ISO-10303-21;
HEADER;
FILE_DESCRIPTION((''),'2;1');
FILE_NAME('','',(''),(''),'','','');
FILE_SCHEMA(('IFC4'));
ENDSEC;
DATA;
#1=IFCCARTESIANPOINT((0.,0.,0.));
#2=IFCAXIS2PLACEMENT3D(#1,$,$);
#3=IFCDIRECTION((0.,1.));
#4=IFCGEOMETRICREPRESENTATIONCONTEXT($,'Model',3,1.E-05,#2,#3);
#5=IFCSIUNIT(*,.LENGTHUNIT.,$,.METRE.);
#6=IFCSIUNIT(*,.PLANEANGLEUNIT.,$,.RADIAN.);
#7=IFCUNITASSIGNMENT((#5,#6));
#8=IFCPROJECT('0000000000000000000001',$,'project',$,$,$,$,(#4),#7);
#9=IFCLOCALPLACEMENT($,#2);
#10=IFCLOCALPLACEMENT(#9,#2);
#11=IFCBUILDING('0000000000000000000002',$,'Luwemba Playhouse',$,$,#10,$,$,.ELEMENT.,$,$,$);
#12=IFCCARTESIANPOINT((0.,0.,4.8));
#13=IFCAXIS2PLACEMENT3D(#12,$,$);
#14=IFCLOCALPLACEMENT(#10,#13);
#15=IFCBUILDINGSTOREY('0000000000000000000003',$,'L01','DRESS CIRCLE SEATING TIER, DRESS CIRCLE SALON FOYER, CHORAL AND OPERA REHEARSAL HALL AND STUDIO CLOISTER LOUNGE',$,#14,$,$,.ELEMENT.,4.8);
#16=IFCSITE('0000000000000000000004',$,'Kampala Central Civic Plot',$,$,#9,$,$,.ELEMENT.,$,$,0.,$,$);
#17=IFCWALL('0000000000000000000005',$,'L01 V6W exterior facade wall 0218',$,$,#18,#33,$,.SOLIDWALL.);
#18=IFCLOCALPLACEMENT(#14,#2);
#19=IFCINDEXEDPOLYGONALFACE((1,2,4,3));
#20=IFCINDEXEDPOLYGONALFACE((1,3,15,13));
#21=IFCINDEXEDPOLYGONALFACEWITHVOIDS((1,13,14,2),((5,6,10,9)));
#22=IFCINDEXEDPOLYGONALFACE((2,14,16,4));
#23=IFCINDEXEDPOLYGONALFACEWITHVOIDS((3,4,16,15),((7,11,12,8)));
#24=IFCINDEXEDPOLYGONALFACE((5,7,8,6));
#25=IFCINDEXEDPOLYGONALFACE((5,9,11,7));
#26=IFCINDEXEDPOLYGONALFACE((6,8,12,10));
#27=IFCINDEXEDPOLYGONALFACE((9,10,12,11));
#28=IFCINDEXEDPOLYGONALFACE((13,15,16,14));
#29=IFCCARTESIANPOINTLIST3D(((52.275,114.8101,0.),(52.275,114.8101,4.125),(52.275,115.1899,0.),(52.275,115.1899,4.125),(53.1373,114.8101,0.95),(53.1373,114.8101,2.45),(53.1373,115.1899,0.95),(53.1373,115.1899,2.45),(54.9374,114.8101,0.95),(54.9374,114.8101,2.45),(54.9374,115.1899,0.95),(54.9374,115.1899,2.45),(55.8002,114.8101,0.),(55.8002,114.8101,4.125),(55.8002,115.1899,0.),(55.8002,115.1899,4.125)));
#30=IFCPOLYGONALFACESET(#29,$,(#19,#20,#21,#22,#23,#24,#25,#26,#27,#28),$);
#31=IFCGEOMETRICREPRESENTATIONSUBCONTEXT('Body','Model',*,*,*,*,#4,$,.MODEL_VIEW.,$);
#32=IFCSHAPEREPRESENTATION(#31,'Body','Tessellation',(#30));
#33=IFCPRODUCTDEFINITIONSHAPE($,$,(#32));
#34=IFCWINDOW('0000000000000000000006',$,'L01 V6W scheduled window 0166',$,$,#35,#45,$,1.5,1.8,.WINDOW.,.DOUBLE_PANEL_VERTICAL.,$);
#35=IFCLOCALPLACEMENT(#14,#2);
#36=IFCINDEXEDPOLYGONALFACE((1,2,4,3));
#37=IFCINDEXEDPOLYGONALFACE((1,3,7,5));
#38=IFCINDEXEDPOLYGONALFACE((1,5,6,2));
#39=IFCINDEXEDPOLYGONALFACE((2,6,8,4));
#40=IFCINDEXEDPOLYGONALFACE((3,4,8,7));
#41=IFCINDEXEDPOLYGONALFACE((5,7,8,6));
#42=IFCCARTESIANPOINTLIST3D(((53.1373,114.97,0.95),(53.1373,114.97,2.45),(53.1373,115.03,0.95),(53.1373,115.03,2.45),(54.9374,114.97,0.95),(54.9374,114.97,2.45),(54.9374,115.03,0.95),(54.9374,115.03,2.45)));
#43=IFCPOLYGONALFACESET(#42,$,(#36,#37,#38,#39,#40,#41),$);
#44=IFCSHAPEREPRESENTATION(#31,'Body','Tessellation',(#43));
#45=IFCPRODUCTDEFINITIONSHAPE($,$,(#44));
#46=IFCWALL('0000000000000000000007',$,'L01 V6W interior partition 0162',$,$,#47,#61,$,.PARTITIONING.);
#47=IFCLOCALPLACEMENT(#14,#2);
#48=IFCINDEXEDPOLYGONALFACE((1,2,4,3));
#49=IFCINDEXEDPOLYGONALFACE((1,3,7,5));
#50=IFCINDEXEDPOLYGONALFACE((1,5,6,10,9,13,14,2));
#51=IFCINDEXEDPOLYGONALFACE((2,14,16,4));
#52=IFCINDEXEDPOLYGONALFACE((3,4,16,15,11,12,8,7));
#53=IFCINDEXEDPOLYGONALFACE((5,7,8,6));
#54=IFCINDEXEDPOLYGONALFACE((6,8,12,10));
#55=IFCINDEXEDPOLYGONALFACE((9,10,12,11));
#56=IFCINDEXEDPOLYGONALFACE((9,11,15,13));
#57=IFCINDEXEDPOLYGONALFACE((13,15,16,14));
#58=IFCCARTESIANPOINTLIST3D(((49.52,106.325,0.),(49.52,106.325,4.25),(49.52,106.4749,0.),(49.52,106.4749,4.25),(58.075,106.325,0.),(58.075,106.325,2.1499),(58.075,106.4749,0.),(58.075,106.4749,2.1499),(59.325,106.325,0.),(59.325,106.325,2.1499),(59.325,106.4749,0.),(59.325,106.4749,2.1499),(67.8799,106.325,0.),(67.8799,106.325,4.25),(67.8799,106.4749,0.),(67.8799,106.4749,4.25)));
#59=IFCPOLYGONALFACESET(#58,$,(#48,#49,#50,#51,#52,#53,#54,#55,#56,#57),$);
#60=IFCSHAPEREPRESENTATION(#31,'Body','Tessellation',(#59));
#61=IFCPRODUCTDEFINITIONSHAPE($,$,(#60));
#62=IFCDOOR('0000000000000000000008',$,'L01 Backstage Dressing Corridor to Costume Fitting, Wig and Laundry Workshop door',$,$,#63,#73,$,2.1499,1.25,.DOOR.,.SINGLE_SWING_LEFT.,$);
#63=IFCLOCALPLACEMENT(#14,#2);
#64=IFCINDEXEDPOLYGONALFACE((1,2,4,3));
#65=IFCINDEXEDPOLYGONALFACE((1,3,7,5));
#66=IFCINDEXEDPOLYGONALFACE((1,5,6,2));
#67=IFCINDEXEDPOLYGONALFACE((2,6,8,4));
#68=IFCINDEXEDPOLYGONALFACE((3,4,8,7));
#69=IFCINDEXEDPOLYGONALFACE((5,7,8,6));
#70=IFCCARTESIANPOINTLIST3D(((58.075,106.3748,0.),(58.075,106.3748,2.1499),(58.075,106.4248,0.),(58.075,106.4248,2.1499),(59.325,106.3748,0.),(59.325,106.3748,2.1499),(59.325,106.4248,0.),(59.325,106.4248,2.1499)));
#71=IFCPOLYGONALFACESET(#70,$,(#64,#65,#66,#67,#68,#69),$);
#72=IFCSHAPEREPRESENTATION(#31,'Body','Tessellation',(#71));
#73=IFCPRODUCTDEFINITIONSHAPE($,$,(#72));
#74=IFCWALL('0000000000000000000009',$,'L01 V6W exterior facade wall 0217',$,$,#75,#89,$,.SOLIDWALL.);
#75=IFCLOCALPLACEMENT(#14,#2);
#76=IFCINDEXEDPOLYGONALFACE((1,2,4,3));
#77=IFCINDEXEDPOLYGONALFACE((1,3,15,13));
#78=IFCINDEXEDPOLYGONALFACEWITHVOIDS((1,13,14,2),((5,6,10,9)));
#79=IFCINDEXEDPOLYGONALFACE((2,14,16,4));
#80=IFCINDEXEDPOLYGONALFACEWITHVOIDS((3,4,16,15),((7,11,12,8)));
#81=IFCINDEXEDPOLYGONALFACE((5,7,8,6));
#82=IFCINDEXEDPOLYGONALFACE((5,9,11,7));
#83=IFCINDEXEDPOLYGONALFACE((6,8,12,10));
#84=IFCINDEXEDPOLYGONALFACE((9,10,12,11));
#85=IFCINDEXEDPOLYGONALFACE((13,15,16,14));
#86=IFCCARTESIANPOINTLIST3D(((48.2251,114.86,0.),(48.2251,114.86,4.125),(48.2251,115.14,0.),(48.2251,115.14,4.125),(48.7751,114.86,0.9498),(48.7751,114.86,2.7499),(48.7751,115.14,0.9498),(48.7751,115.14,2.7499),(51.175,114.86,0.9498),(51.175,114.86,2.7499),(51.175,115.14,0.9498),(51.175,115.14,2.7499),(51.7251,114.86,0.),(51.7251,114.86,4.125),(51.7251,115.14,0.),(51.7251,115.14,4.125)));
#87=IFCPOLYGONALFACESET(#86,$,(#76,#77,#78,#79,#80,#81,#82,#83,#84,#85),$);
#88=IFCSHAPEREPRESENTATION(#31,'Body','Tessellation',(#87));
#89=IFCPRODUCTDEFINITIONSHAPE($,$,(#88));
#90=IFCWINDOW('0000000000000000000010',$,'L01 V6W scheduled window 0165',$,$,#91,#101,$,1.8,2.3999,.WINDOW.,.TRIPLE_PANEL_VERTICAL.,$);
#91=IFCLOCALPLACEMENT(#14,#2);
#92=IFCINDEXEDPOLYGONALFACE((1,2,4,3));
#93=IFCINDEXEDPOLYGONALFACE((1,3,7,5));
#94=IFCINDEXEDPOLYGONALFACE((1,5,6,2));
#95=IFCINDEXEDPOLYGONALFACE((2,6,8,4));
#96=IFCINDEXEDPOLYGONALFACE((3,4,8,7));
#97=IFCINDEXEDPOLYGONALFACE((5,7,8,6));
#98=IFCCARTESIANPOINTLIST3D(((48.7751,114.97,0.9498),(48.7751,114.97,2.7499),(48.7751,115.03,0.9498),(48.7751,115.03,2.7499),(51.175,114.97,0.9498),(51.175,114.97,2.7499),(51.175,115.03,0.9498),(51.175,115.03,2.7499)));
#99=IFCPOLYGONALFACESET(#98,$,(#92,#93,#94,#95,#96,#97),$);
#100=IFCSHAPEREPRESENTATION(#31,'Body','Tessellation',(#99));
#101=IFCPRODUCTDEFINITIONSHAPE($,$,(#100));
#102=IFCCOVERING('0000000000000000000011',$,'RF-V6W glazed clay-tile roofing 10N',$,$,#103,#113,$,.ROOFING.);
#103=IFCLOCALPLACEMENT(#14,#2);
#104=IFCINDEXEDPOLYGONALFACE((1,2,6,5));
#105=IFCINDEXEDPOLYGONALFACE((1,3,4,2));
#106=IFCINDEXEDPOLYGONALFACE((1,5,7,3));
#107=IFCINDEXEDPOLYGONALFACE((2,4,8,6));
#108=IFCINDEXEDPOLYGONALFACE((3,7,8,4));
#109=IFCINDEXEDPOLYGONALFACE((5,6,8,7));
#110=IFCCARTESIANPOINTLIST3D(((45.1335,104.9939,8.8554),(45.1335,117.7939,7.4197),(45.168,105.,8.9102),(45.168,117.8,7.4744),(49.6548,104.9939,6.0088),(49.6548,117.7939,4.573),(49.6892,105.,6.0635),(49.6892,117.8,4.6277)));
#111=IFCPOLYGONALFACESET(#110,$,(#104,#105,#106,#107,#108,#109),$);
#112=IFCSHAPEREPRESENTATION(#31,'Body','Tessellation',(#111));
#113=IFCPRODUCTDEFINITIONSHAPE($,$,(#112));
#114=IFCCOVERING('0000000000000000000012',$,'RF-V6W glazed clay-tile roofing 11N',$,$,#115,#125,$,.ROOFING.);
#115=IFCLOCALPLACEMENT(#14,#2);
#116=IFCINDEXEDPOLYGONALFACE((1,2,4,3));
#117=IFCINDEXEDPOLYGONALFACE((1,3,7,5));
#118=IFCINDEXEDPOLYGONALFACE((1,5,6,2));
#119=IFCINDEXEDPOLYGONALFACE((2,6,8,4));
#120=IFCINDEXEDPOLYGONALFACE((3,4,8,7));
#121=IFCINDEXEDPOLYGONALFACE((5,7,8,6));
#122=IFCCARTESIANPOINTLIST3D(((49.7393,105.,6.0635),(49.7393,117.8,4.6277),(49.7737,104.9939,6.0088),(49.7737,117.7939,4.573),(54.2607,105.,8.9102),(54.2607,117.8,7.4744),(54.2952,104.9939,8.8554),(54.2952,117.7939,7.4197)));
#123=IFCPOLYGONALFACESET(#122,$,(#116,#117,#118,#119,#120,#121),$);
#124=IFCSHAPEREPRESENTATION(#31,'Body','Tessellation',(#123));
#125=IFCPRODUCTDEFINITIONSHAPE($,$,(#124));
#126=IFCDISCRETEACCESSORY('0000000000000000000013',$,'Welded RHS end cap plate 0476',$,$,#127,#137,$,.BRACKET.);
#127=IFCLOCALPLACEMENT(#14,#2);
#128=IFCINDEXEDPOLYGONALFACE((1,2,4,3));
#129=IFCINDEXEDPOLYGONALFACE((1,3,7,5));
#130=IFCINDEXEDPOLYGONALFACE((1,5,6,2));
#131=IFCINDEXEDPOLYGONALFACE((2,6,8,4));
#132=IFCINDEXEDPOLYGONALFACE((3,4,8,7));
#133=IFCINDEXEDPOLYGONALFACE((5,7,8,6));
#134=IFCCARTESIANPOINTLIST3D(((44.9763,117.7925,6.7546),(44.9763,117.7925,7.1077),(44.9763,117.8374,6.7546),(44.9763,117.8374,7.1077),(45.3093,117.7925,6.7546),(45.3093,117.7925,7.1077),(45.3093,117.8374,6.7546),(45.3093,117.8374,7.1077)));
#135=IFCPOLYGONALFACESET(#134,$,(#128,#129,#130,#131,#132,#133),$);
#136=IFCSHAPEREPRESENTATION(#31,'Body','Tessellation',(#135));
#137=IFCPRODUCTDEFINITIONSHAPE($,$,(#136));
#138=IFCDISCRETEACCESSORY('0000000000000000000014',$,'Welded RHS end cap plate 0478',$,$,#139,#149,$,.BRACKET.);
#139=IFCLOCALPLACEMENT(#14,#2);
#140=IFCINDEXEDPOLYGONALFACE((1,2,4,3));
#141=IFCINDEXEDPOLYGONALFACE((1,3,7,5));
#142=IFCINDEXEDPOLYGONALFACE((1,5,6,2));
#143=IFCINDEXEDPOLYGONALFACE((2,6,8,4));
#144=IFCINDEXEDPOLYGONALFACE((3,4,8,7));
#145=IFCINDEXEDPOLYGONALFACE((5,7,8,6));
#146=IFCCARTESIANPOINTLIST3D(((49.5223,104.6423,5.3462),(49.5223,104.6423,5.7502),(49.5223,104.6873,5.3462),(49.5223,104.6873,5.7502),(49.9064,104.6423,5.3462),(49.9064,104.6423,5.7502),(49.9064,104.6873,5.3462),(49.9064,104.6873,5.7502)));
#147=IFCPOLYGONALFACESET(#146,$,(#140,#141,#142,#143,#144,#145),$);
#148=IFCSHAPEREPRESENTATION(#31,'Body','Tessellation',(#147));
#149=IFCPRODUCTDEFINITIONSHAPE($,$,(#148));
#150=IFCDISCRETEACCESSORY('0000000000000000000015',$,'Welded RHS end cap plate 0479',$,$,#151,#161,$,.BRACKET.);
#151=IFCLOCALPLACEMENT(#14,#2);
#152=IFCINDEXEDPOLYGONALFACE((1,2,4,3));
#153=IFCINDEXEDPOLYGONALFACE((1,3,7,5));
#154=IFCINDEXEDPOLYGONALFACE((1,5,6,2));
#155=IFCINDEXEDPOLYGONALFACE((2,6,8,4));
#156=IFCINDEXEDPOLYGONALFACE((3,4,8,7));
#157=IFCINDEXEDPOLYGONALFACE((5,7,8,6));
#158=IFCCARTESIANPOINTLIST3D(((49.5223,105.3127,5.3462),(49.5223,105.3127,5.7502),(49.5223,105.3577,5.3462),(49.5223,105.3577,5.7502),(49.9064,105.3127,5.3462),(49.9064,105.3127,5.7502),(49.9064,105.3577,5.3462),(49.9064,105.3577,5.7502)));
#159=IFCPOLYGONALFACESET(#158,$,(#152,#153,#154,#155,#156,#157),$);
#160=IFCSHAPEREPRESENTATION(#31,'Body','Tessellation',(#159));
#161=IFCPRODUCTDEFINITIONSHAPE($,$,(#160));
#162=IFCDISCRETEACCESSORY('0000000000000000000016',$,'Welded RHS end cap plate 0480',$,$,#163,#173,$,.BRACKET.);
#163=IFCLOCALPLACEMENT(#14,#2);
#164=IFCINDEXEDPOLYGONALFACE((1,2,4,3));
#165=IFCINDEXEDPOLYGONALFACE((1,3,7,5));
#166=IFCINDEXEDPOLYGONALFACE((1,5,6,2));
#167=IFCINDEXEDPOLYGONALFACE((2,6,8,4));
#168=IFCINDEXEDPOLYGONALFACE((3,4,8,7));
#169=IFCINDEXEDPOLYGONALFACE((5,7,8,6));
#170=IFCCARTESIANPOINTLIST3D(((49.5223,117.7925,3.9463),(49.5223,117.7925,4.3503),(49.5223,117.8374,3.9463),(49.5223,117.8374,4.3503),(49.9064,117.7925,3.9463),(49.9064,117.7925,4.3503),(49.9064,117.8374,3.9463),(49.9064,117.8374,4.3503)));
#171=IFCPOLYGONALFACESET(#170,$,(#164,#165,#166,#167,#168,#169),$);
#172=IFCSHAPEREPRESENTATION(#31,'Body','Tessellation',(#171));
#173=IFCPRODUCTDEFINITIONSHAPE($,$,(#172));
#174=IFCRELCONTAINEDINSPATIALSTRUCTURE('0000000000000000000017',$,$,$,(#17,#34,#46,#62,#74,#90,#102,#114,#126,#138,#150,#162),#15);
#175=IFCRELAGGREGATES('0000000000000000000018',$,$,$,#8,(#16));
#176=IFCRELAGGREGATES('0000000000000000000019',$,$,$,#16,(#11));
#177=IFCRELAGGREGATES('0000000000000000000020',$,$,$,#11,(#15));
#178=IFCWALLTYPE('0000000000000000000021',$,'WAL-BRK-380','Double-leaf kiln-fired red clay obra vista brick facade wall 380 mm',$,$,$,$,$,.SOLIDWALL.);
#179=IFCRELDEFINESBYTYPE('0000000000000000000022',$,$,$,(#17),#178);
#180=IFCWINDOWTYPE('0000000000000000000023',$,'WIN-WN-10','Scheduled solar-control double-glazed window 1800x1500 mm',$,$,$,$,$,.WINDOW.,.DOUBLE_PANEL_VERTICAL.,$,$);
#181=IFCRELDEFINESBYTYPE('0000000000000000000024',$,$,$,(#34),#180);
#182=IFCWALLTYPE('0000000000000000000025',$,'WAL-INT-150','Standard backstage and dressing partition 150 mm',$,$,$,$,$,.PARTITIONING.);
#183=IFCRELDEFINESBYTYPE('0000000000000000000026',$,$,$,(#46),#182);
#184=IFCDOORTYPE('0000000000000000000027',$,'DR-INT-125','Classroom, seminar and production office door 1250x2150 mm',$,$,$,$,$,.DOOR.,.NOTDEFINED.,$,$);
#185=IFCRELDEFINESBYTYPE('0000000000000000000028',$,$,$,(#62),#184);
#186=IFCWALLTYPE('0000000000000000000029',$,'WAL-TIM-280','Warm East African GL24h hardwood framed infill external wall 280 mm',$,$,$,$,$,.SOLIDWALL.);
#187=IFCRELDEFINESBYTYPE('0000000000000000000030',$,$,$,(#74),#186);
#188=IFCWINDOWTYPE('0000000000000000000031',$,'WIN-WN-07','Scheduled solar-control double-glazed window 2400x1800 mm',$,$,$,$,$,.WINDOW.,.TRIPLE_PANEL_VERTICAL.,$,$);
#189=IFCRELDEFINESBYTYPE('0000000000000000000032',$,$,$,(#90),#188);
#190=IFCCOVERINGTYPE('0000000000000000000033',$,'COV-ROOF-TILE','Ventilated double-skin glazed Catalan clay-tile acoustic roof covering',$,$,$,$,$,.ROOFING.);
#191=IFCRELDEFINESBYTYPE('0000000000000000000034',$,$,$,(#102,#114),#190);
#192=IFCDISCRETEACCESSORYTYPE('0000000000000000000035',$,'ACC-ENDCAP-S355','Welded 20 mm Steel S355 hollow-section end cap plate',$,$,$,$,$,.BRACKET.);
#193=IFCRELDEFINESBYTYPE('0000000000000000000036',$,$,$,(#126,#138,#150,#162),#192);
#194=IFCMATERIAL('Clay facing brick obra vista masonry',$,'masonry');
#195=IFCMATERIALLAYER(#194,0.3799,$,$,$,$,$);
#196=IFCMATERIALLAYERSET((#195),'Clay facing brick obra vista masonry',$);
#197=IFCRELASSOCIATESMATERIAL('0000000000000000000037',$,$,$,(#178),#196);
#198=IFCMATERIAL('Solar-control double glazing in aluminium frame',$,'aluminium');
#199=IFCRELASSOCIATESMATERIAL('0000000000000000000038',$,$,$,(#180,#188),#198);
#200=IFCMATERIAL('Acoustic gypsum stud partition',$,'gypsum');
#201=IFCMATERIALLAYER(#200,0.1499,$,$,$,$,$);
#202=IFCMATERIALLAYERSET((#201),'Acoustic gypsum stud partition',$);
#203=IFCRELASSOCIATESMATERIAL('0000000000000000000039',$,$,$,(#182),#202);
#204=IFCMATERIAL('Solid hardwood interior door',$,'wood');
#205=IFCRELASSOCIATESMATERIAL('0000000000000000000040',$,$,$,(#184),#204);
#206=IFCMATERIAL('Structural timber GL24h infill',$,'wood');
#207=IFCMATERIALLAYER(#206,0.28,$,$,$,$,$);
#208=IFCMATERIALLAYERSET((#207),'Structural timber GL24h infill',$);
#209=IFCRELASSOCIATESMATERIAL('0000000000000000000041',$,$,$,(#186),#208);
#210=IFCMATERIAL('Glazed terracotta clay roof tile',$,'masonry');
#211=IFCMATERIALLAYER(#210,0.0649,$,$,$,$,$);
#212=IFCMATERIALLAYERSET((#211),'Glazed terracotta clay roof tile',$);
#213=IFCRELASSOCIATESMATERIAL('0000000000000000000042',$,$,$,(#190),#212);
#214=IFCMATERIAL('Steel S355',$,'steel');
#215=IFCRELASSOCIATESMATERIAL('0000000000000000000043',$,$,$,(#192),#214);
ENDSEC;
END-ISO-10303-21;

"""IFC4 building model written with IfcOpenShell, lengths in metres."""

from ifc_helpers import new_model, si_unit, direction, frame, frame_2d, origin, origin_2d, place, context, subcontext, project, spatial, polyline, rectangle, outline, extrude, material, layer, layer_set, type_object, element, fill, save


model = new_model("IFC4")

# Units and contexts
model_context = context("Model", 3, precision=1e-05, world=origin(), true_north=direction((0.0, 1.0)))
body_context = subcontext(model_context, "Body", "Model", "MODEL_VIEW")
ifc_project = project(units=[si_unit("LENGTHUNIT", "METRE"), si_unit("PLANEANGLEUNIT", "RADIAN")], contexts=[model_context])

# Site, building, storey
site_placement = place(None, origin())
site = spatial("IfcSite", under=ifc_project, at=site_placement, Name="Kampala Central Civic Plot", CompositionType="ELEMENT", RefElevation=0.0)
building_placement = place(site_placement, origin())
building = spatial("IfcBuilding", under=site, at=building_placement, Name="Luwemba Playhouse", CompositionType="ELEMENT")
storey_placement = place(building_placement, frame((0.0, 0.0, 4.8)))
storey = spatial("IfcBuildingStorey", under=building, at=storey_placement, Name="L01", Description="DRESS CIRCLE SEATING TIER, DRESS CIRCLE SALON FOYER, CHORAL AND OPERA REHEARSAL HALL AND STUDIO CLOISTER LOUNGE", CompositionType="ELEMENT", Elevation=4.8)

# Shared definitions
ifc_material_1 = material(Name="Steel S355", Category="steel")

# Wall, opening, window
ifc_material_2 = material(Name="Clay facing brick obra vista masonry", Category="masonry")
ifc_layer_1 = layer(ifc_material_2, 0.3799)
ifc_layer_set_1 = layer_set([ifc_layer_1], Name="Clay facing brick obra vista masonry")
wall_type_1 = type_object("IfcWallType", Name="WAL-BRK-380", Description="Double-leaf kiln-fired red clay obra vista brick facade wall 380 mm", PredefinedType="SOLIDWALL", material=ifc_layer_set_1)
wall_1_placement = place(storey_placement, frame((52.2749, 115.0, 0.0), z_axis=(0.0, 0.0, 1.0), x_axis=(1.0, 0.0, 0.0)))
wall_1 = element("IfcWall", 1, at=wall_1_placement, inside=storey, type_object=wall_type_1, Name="L01 V6W exterior facade wall 0218", PredefinedType="SOLIDWALL", context=body_context, shape_type="SweptSolid", body=[
    extrude(rectangle(XDim=3.5251, YDim=0.3799, at=frame_2d((1.7627, 0.0))), origin(), (0.0, 0.0, 1.0), 4.125),
])
opening_1_placement = place(wall_1_placement, frame((0.8625, 0.0, 0.95)))
opening_1 = element("IfcOpeningElement", 2, at=opening_1_placement, cuts=wall_1, PredefinedType="OPENING", context=body_context, shape_type="SweptSolid", body=[
    extrude(rectangle(XDim=1.8, YDim=1.5, at=frame_2d((0.8999, 0.75))), frame((0.0, 0.2, 0.0), z_axis=(0.0, -1.0, 0.0), x_axis=(1.0, 0.0, 0.0)), (0.0, 0.0, 1.0), 0.3999),
])
ifc_material_3 = material(Name="Solar-control double glazing in aluminium frame", Category="aluminium")
window_type_1 = type_object("IfcWindowType", Name="WIN-WN-10", Description="Scheduled solar-control double-glazed window 1800x1500 mm", PartitioningType="DOUBLE_PANEL_VERTICAL", PredefinedType="WINDOW", material=ifc_material_3)
window_1_placement = place(opening_1_placement, origin())
window_1 = element("IfcWindow", 3, at=window_1_placement, inside=storey, type_object=window_type_1, Name="L01 V6W scheduled window 0166", OverallHeight=1.5, OverallWidth=1.8, PartitioningType="DOUBLE_PANEL_VERTICAL", PredefinedType="WINDOW", context=body_context, shape_type="SweptSolid", body=[
    extrude(rectangle(XDim=1.8, YDim=1.5, at=frame_2d((0.8999, 0.75))), frame((0.0, 0.03, 0.0), z_axis=(0.0, -1.0, 0.0), x_axis=(1.0, 0.0, 0.0)), (0.0, 0.0, 1.0), 0.0601),
])
fill(opening_1, window_1)

# Wall, opening, door
ifc_material_4 = material(Name="Acoustic gypsum stud partition", Category="gypsum")
ifc_layer_2 = layer(ifc_material_4, 0.1499)
ifc_layer_set_2 = layer_set([ifc_layer_2], Name="Acoustic gypsum stud partition")
wall_type_2 = type_object("IfcWallType", Name="WAL-INT-150", Description="Standard backstage and dressing partition 150 mm", PredefinedType="PARTITIONING", material=ifc_layer_set_2)
wall_2_placement = place(storey_placement, frame((49.52, 106.3999, 0.0), z_axis=(0.0, 0.0, 1.0), x_axis=(1.0, 0.0, 0.0)))
wall_2 = element("IfcWall", 4, at=wall_2_placement, inside=storey, type_object=wall_type_2, Name="L01 V6W interior partition 0162", PredefinedType="PARTITIONING", context=body_context, shape_type="SweptSolid", body=[
    extrude(rectangle(XDim=18.3599, YDim=0.1499, at=frame_2d((9.1799, 0.0))), origin(), (0.0, 0.0, 1.0), 4.25),
])
opening_2_placement = place(wall_2_placement, frame((8.5549, 0.0, 0.0)))
opening_2 = element("IfcOpeningElement", 5, at=opening_2_placement, cuts=wall_2, PredefinedType="OPENING", context=body_context, shape_type="SweptSolid", body=[
    extrude(rectangle(XDim=1.25, YDim=2.1499, at=frame_2d((0.625, 1.075))), frame((0.0, 0.085, 0.0), z_axis=(0.0, -1.0, 0.0), x_axis=(1.0, 0.0, 0.0)), (0.0, 0.0, 1.0), 0.1699),
])
ifc_material_5 = material(Name="Solid hardwood interior door", Category="wood")
door_type = type_object("IfcDoorType", Name="DR-INT-125", Description="Classroom, seminar and production office door 1250x2150 mm", OperationType="NOTDEFINED", PredefinedType="DOOR", material=ifc_material_5)
door_placement = place(opening_2_placement, origin())
door = element("IfcDoor", 6, at=door_placement, inside=storey, type_object=door_type, Name="L01 Backstage Dressing Corridor to Costume Fitting, Wig and Laundry Workshop door", OperationType="SINGLE_SWING_LEFT", OverallHeight=2.1499, OverallWidth=1.25, PredefinedType="DOOR", context=body_context, shape_type="SweptSolid", body=[
    extrude(rectangle(XDim=1.25, YDim=2.1499, at=frame_2d((0.625, 1.075))), frame((0.0, 0.0249, 0.0), z_axis=(0.0, -1.0, 0.0), x_axis=(1.0, 0.0, 0.0)), (0.0, 0.0, 1.0), 0.05),
])
fill(opening_2, door)

# Wall, opening, window
ifc_material_6 = material(Name="Structural timber GL24h infill", Category="wood")
ifc_layer_3 = layer(ifc_material_6, 0.28)
ifc_layer_set_3 = layer_set([ifc_layer_3], Name="Structural timber GL24h infill")
wall_type_3 = type_object("IfcWallType", Name="WAL-TIM-280", Description="Warm East African GL24h hardwood framed infill external wall 280 mm", PredefinedType="SOLIDWALL", material=ifc_layer_set_3)
wall_3_placement = place(storey_placement, frame((48.2251, 115.0, 0.0), z_axis=(0.0, 0.0, 1.0), x_axis=(1.0, 0.0, 0.0)))
wall_3 = element("IfcWall", 7, at=wall_3_placement, inside=storey, type_object=wall_type_3, Name="L01 V6W exterior facade wall 0217", PredefinedType="SOLIDWALL", context=body_context, shape_type="SweptSolid", body=[
    extrude(rectangle(XDim=3.5, YDim=0.28, at=frame_2d((1.75, 0.0))), origin(), (0.0, 0.0, 1.0), 4.125),
])
opening_3_placement = place(wall_3_placement, frame((0.55, 0.0, 0.95)))
opening_3 = element("IfcOpeningElement", 8, at=opening_3_placement, cuts=wall_3, PredefinedType="OPENING", context=body_context, shape_type="SweptSolid", body=[
    extrude(rectangle(XDim=2.3999, YDim=1.8, at=frame_2d((1.2, 0.8999))), frame((0.0, 0.1499, 0.0), z_axis=(0.0, -1.0, 0.0), x_axis=(1.0, 0.0, 0.0)), (0.0, 0.0, 1.0), 0.3),
])
window_type_2 = type_object("IfcWindowType", Name="WIN-WN-07", Description="Scheduled solar-control double-glazed window 2400x1800 mm", PartitioningType="TRIPLE_PANEL_VERTICAL", PredefinedType="WINDOW", material=ifc_material_3)
window_2_placement = place(opening_3_placement, origin())
window_2 = element("IfcWindow", 9, at=window_2_placement, inside=storey, type_object=window_type_2, Name="L01 V6W scheduled window 0165", OverallHeight=1.8, OverallWidth=2.3999, PartitioningType="TRIPLE_PANEL_VERTICAL", PredefinedType="WINDOW", context=body_context, shape_type="SweptSolid", body=[
    extrude(rectangle(XDim=2.3999, YDim=1.8, at=frame_2d((1.2, 0.8999))), frame((0.0, 0.03, 0.0), z_axis=(0.0, -1.0, 0.0), x_axis=(1.0, 0.0, 0.0)), (0.0, 0.0, 1.0), 0.0601),
])
fill(opening_3, window_2)

# Coverings
ifc_material_7 = material(Name="Glazed terracotta clay roof tile", Category="masonry")
ifc_layer_4 = layer(ifc_material_7, 0.0649)
ifc_layer_set_4 = layer_set([ifc_layer_4], Name="Glazed terracotta clay roof tile")
covering_type = type_object("IfcCoveringType", Name="COV-ROOF-TILE", Description="Ventilated double-skin glazed Catalan clay-tile acoustic roof covering", PredefinedType="ROOFING", material=ifc_layer_set_4)
covering_1_placement = place(storey_placement, frame((45.168, 105.0, 8.9102), z_axis=(0.530425, 0.094498, 0.842448), x_axis=(0.846235, 0.0, -0.53281)))
element("IfcCovering", 10, at=covering_1_placement, inside=storey, type_object=covering_type, Name="RF-V6W glazed clay-tile roofing 10N", PredefinedType="ROOFING", context=body_context, shape_type="SweptSolid", body=[
    extrude(outline(polyline([(0.0, 0.0), (5.3428, 0.0), (6.1078, 12.8576), (0.765, 12.8576), (0.0, 0.0)])), origin(), (0.0, 0.0, -1.0), 0.0649),
])
covering_2_placement = place(storey_placement, frame((49.7393, 105.0, 6.0635), z_axis=(-0.530405, 0.094499, 0.842461), x_axis=(0.846248, 0.0, 0.532789)))
element("IfcCovering", 11, at=covering_2_placement, inside=storey, type_object=covering_type, Name="RF-V6W glazed clay-tile roofing 11N", PredefinedType="ROOFING", context=body_context, shape_type="SweptSolid", body=[
    extrude(outline(polyline([(0.0, 0.0), (5.343, 0.0), (4.578, 12.8576), (-0.765, 12.8576), (0.0, 0.0)])), origin(), (0.0, 0.0, -1.0), 0.0649),
])

# Discrete accessories
discrete_accessory_type = type_object("IfcDiscreteAccessoryType", Name="ACC-ENDCAP-S355", Description="Welded 20 mm Steel S355 hollow-section end cap plate", PredefinedType="BRACKET", material=ifc_material_1)
discrete_accessory_placement = place(storey_placement, frame((45.1428, 117.8149, 6.7546), z_axis=(0.0, 0.0, 1.0), x_axis=(1.0, 0.0, 0.0)))
element("IfcDiscreteAccessory", 12, at=discrete_accessory_placement, inside=storey, type_object=discrete_accessory_type, Name="Welded RHS end cap plate 0476", PredefinedType="BRACKET", context=body_context, shape_type="SweptSolid", body=[
    extrude(rectangle(XDim=0.333, YDim=0.0449, at=origin_2d()), origin(), (0.0, 0.0, 1.0), 0.353),
])
for number, where, z_axis, x_axis, name in (
    (13, (49.7144, 104.6648, 5.3462), (0.0, 0.0, 1.0), (1.0, 0.0, 0.0), "Welded RHS end cap plate 0478"),
    (14, (49.7144, 105.3352, 5.3462), (0.0, 0.0, 1.0), (1.0, 0.0, 0.0), "Welded RHS end cap plate 0479"),
    (15, (49.7144, 117.8149, 3.9463), (0.0, 0.0, 1.0), (1.0, 0.0, 0.0), "Welded RHS end cap plate 0480"),
):
    element("IfcDiscreteAccessory", number, at=place(storey_placement, frame(where, z_axis=z_axis, x_axis=x_axis)), inside=storey, type_object=discrete_accessory_type, Name=name, PredefinedType="BRACKET", context=body_context, shape_type="SweptSolid", body=[
        extrude(rectangle(XDim=0.384, YDim=0.0449, at=origin_2d()), origin(), (0.0, 0.0, 1.0), 0.4041),
    ])

save(model, "model.ifc")
